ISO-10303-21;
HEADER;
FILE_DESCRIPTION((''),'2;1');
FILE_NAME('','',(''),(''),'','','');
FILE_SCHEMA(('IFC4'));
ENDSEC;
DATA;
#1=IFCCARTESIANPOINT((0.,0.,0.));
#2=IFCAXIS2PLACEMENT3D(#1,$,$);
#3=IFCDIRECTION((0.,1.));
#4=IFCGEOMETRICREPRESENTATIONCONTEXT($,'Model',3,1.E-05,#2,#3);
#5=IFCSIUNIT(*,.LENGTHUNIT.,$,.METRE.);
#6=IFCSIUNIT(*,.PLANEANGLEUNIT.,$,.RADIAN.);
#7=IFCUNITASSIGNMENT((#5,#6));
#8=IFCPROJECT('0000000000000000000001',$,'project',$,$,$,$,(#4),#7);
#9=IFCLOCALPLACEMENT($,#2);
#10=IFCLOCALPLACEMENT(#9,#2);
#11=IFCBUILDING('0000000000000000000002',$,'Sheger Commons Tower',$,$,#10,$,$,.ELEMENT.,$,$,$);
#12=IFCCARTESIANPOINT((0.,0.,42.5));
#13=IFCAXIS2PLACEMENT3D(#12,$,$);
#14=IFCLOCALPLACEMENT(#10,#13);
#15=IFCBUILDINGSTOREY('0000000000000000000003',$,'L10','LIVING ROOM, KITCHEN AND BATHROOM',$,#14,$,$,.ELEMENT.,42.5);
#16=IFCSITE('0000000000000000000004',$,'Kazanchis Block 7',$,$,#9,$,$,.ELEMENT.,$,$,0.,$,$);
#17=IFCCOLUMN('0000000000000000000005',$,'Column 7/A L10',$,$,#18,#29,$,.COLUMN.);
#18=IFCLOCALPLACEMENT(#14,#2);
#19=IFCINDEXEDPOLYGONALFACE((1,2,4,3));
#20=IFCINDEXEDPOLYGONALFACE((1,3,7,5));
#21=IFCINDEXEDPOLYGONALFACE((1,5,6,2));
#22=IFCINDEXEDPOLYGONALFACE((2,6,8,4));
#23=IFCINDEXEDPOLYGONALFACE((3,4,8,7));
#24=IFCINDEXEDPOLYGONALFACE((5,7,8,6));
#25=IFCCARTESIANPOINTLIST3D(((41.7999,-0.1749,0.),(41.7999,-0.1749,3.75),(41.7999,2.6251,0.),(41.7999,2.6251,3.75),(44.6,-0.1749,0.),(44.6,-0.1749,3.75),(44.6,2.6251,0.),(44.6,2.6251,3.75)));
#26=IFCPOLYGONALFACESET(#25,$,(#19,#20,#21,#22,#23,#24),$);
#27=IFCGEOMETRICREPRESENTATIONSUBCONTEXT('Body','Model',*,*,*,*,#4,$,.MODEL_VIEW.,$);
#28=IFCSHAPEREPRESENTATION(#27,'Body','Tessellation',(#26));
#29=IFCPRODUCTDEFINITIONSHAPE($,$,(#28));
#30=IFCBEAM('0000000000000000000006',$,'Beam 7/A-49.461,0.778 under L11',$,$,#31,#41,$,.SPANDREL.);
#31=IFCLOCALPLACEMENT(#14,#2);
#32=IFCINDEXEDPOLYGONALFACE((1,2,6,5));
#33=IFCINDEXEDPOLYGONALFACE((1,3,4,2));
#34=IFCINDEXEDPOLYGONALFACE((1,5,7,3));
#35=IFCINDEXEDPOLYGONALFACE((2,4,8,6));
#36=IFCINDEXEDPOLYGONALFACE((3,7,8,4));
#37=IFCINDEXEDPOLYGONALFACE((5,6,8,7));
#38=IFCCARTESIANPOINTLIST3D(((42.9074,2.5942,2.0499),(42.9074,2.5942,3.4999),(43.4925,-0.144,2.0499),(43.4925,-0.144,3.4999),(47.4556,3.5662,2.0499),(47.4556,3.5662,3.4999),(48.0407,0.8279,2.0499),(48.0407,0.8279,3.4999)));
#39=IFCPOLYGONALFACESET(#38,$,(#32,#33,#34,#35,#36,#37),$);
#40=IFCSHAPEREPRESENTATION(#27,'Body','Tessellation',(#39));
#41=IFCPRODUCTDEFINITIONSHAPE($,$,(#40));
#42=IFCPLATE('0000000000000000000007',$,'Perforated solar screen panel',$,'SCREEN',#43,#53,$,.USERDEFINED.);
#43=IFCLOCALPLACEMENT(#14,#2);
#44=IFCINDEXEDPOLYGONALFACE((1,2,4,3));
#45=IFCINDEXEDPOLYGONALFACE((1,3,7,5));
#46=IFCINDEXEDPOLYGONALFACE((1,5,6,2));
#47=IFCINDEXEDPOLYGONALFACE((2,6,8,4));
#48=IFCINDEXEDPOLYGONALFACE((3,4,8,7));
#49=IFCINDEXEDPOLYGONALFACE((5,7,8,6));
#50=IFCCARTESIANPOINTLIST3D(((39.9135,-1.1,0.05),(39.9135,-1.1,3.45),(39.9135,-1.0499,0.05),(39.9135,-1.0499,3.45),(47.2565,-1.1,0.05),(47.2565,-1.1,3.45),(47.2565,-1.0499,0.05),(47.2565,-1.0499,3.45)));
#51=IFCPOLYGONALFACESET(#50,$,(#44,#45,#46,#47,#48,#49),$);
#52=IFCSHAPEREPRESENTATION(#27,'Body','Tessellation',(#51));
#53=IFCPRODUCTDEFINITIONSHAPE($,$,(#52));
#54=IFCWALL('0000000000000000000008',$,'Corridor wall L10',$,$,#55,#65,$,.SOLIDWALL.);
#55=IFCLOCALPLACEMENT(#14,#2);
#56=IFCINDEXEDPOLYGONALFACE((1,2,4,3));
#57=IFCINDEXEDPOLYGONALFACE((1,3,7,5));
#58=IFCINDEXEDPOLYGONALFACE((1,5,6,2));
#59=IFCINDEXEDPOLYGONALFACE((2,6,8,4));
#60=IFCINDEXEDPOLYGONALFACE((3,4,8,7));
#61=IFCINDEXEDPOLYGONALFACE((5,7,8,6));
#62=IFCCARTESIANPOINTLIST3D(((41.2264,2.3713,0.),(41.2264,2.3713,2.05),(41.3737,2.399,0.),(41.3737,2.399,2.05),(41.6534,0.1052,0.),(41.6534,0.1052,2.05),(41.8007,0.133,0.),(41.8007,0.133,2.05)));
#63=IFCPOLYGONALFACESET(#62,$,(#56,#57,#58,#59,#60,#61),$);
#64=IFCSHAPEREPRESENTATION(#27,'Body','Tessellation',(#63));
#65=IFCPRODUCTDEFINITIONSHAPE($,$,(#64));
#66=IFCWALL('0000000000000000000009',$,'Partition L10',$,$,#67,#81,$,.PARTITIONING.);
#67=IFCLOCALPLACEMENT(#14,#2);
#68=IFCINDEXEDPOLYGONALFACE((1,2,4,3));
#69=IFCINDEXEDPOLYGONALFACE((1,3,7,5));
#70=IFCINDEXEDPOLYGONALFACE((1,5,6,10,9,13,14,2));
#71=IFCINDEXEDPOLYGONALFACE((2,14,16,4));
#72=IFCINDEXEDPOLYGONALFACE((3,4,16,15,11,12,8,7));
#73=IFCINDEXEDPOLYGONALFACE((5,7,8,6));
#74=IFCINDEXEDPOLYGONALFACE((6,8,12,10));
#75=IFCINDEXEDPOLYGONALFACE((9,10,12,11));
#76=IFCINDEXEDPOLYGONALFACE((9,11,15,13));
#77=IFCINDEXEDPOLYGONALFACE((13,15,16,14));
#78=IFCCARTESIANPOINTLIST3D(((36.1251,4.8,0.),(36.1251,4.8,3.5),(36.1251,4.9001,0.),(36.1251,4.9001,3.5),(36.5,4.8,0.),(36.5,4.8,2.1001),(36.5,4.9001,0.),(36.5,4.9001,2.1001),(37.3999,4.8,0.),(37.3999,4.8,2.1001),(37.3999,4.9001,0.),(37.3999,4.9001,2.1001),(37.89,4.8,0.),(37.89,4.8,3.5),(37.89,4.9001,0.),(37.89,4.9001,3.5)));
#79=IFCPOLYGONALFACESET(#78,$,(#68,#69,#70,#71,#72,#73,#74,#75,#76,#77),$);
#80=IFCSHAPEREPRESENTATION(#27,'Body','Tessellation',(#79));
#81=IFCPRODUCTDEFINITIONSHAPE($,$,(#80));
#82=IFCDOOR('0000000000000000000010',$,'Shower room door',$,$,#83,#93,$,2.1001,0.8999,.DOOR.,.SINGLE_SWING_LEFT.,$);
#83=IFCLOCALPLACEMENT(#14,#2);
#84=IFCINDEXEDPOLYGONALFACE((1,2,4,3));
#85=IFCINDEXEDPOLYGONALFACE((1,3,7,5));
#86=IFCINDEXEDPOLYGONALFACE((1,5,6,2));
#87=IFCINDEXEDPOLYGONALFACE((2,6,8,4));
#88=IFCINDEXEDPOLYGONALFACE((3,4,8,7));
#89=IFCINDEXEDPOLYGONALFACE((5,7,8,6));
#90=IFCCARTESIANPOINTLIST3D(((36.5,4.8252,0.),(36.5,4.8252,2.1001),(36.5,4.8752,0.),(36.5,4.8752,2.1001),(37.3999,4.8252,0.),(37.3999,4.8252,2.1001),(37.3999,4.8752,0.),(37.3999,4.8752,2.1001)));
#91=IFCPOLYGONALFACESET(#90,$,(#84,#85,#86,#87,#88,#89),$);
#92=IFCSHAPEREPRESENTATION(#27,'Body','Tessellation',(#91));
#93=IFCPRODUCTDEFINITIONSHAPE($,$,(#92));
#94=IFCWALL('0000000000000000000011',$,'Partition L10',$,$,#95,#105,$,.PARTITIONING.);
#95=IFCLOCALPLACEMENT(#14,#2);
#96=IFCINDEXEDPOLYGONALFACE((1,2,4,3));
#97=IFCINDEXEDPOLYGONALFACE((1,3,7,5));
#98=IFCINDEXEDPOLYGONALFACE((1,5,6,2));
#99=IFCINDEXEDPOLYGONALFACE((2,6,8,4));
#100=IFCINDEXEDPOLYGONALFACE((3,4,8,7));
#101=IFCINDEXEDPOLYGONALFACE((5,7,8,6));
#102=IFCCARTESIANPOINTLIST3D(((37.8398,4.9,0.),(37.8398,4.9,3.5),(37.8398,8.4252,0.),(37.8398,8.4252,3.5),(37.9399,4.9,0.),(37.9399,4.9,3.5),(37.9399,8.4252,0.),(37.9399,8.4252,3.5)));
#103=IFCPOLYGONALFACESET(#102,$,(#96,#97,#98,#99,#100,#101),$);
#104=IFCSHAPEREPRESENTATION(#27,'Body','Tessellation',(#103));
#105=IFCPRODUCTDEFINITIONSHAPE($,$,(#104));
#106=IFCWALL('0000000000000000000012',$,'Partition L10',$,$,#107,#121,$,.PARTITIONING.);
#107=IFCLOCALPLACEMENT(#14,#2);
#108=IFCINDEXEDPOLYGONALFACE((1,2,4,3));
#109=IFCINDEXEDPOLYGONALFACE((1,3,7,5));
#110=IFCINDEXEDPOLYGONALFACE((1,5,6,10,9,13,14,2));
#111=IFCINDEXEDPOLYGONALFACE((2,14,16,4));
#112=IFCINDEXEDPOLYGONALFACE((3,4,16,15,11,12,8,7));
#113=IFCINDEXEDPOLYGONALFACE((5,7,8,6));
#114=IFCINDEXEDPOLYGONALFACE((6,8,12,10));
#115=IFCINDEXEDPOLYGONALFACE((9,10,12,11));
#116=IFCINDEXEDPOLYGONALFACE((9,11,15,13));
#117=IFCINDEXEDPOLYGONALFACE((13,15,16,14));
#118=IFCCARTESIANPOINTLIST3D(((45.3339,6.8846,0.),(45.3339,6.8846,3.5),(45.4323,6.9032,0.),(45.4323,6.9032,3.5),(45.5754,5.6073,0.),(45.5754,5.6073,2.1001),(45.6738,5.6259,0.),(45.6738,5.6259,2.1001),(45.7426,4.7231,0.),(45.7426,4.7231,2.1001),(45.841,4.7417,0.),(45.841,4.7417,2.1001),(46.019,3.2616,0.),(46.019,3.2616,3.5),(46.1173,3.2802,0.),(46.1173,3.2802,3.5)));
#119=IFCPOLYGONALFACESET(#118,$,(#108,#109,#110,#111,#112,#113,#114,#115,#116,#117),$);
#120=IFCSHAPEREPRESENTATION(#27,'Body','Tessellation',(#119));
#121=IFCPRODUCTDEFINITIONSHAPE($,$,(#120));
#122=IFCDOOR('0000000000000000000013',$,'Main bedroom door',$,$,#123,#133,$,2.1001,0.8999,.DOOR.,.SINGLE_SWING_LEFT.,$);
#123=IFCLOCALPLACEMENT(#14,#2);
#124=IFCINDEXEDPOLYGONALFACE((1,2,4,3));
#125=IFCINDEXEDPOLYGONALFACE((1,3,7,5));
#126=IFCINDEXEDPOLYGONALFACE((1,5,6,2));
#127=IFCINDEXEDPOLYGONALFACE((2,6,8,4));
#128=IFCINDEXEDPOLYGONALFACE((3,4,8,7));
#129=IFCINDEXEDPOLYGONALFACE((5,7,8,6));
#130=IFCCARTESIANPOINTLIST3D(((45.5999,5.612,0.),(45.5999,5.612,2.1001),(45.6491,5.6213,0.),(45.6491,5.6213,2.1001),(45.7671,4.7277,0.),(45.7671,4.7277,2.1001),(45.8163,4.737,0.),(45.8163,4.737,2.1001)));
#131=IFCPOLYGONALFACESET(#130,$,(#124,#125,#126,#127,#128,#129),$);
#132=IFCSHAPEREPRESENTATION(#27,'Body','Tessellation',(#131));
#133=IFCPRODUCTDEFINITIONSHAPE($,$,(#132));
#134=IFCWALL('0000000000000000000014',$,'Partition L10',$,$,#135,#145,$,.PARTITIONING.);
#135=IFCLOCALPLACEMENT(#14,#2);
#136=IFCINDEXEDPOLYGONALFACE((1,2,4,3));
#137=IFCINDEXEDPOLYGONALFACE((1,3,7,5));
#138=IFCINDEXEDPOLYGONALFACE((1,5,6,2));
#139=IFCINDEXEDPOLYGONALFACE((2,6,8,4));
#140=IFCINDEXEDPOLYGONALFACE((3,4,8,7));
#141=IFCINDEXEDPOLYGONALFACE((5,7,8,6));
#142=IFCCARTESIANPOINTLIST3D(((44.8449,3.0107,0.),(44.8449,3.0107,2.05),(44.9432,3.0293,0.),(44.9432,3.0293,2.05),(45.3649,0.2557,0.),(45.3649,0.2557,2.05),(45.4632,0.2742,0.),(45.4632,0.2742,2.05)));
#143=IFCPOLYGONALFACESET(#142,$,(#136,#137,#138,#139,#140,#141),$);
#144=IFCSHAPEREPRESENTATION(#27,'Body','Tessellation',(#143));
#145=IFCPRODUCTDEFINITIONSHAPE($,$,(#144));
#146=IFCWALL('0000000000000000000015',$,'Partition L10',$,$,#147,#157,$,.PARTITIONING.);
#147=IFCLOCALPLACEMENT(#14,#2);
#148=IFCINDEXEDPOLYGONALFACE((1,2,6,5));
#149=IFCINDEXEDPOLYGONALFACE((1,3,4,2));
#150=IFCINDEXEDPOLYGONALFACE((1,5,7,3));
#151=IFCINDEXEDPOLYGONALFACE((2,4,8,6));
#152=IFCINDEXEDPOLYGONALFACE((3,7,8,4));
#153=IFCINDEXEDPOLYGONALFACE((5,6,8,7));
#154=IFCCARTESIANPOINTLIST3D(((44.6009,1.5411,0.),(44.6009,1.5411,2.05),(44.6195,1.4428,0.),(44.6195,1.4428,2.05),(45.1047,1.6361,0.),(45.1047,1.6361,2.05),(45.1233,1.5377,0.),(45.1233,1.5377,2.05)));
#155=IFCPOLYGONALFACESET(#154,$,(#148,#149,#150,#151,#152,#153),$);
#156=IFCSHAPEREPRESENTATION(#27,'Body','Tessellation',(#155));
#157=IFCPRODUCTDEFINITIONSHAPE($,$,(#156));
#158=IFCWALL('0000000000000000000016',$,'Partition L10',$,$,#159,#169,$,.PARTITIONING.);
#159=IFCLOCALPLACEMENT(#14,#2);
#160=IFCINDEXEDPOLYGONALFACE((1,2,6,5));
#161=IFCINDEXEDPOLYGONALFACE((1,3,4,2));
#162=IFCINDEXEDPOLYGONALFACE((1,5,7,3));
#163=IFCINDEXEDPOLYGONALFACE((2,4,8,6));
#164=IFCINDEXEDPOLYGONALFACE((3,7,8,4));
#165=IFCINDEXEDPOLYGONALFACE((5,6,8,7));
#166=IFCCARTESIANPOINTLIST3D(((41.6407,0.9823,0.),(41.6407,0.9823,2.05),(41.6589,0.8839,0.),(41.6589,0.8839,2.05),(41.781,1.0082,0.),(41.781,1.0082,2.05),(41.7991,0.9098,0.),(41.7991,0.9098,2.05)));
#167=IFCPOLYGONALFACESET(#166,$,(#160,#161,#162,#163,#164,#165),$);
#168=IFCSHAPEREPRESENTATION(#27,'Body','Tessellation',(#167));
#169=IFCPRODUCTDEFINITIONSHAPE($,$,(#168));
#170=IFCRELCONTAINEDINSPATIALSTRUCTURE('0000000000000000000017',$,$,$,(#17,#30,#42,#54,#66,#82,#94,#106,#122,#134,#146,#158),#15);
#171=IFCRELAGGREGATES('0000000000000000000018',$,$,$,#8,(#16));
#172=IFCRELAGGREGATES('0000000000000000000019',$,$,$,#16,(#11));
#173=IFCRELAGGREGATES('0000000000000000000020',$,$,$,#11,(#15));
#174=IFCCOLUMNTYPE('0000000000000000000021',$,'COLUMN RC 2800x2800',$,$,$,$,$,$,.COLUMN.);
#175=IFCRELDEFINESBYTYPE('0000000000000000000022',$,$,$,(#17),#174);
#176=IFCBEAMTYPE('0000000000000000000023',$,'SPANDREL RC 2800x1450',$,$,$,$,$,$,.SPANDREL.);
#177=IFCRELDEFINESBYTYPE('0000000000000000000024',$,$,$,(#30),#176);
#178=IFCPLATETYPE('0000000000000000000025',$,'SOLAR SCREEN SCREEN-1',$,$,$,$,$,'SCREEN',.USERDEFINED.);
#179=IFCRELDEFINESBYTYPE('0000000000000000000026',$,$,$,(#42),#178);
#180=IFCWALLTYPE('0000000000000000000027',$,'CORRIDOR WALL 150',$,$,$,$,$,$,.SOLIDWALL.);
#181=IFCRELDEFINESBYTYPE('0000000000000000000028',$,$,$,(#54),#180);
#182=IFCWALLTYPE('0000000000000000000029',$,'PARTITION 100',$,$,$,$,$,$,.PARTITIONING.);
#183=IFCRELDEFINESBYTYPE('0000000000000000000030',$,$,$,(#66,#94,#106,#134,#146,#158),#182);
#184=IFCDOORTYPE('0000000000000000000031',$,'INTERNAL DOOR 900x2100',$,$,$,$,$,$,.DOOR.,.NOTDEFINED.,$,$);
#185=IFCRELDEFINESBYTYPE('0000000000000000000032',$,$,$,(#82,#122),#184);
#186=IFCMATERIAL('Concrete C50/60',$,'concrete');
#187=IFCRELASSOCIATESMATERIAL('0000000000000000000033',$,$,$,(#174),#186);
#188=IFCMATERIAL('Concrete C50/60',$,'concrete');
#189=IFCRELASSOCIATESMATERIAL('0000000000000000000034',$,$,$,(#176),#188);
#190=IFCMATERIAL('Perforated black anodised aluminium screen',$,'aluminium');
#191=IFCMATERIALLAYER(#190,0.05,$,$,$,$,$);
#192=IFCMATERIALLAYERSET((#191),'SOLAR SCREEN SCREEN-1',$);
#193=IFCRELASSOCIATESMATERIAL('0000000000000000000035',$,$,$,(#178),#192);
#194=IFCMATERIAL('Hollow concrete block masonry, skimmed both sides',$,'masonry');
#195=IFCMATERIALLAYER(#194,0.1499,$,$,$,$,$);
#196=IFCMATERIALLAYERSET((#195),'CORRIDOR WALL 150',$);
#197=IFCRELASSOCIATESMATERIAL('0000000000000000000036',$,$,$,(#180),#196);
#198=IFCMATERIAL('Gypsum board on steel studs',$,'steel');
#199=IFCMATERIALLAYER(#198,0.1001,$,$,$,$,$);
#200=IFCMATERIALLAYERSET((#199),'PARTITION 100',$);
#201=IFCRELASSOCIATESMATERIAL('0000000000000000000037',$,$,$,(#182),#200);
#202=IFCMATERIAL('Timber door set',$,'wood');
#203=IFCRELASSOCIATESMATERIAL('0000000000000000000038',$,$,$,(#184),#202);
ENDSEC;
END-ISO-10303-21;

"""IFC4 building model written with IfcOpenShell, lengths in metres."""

from ifc_helpers import new_model, si_unit, direction, frame, frame_2d, origin, origin_2d, place, context, subcontext, project, spatial, rectangle, extrude, material, layer, layer_set, material_profile, profile_set, type_object, element, fill, save


model = new_model("IFC4")

# Units and contexts
model_context = context("Model", 3, precision=1e-05, world=origin(), true_north=direction((0.0, 1.0)))
body_context = subcontext(model_context, "Body", "Model", "MODEL_VIEW")
ifc_project = project(units=[si_unit("LENGTHUNIT", "METRE"), si_unit("PLANEANGLEUNIT", "RADIAN")], contexts=[model_context])

# Site, building, storey
site_placement = place(None, origin())
site = spatial("IfcSite", under=ifc_project, at=site_placement, Name="Kazanchis Block 7", CompositionType="ELEMENT", RefElevation=0.0)
building_placement = place(site_placement, origin())
building = spatial("IfcBuilding", under=site, at=building_placement, Name="Sheger Commons Tower", CompositionType="ELEMENT")
storey_placement = place(building_placement, frame((0.0, 0.0, 42.5)))
storey = spatial("IfcBuildingStorey", under=building, at=storey_placement, Name="L10", Description="LIVING ROOM, KITCHEN AND BATHROOM", CompositionType="ELEMENT", Elevation=42.5)

# Column
ifc_material_1 = material(Name="Concrete C50/60", Category="concrete")
ifc_material_profile_1 = material_profile(ifc_material_1, rectangle(XDim=2.8, YDim=2.8, at=origin_2d()), Name="RC 2800x2800")
ifc_profile_set_1 = profile_set([ifc_material_profile_1], Name="Concrete C50/60")
column_type = type_object("IfcColumnType", Name="COLUMN RC 2800x2800", PredefinedType="COLUMN", material=ifc_profile_set_1)
column_placement = place(storey_placement, frame((43.2, 1.2251, 0.0), z_axis=(0.0, 0.0, 1.0), x_axis=(1.0, 0.0, 0.0)))
element("IfcColumn", 1, at=column_placement, inside=storey, type_object=column_type, Name="Column 7/A L10", PredefinedType="COLUMN", context=body_context, shape_type="SweptSolid", body=[
    extrude(rectangle(XDim=2.8, YDim=2.8, at=origin_2d()), origin(), (0.0, 0.0, 1.0), 3.75),
])

# Beam
ifc_material_2 = material(Name="Concrete C50/60", Category="concrete")
ifc_material_profile_2 = material_profile(ifc_material_2, rectangle(XDim=2.8, YDim=1.45, at=origin_2d()), Name="RC 2800x1450")
ifc_profile_set_2 = profile_set([ifc_material_profile_2], Name="Concrete C50/60")
beam_type = type_object("IfcBeamType", Name="SPANDREL RC 2800x1450", PredefinedType="SPANDREL", material=ifc_profile_set_2)
beam_placement = place(storey_placement, frame((43.2, 1.2251, 2.7749), z_axis=(0.97792, 0.208981, 0.0), x_axis=(-0.208981, 0.97792, 0.0)))
element("IfcBeam", 2, at=beam_placement, inside=storey, type_object=beam_type, Name="Beam 7/A-49.461,0.778 under L11", PredefinedType="SPANDREL", context=body_context, shape_type="SweptSolid", body=[
    extrude(rectangle(XDim=2.8, YDim=1.45, at=origin_2d()), origin(), (0.0, 0.0, 1.0), 4.6509),
])

# Plate
ifc_material_3 = material(Name="Perforated black anodised aluminium screen", Category="aluminium")
ifc_layer_1 = layer(ifc_material_3, 0.05)
ifc_layer_set_1 = layer_set([ifc_layer_1], Name="SOLAR SCREEN SCREEN-1")
plate_type = type_object("IfcPlateType", Name="SOLAR SCREEN SCREEN-1", ElementType="SCREEN", PredefinedType="USERDEFINED", material=ifc_layer_set_1)
plate_placement = place(storey_placement, frame((43.585, -1.075, 0.05), z_axis=(0.0, 0.0, 1.0), x_axis=(1.0, 0.0, 0.0)))
element("IfcPlate", 3, at=plate_placement, inside=storey, type_object=plate_type, Name="Perforated solar screen panel", ObjectType="SCREEN", PredefinedType="USERDEFINED", context=body_context, shape_type="SweptSolid", body=[
    extrude(rectangle(XDim=7.343, YDim=0.05, at=origin_2d()), origin(), (0.0, 0.0, 1.0), 3.3999),
])

# Wall
ifc_material_4 = material(Name="Hollow concrete block masonry, skimmed both sides", Category="masonry")
ifc_layer_2 = layer(ifc_material_4, 0.1499)
ifc_layer_set_2 = layer_set([ifc_layer_2], Name="CORRIDOR WALL 150")
wall_type_1 = type_object("IfcWallType", Name="CORRIDOR WALL 150", PredefinedType="SOLIDWALL", material=ifc_layer_set_2)
wall_1_placement = place(storey_placement, frame((41.3, 2.385, 0.0), z_axis=(0.0, 0.0, 1.0), x_axis=(0.185171, -0.982706, 0.0)))
element("IfcWall", 4, at=wall_1_placement, inside=storey, type_object=wall_type_1, Name="Corridor wall L10", PredefinedType="SOLIDWALL", context=body_context, shape_type="SweptSolid", body=[
    extrude(rectangle(XDim=2.3059, YDim=0.1499, at=frame_2d((1.1528, 0.0))), origin(), (0.0, 0.0, 1.0), 2.05),
])

# Wall, opening, door
ifc_material_5 = material(Name="Gypsum board on steel studs", Category="steel")
ifc_layer_3 = layer(ifc_material_5, 0.1001)
ifc_layer_set_3 = layer_set([ifc_layer_3], Name="PARTITION 100")
wall_type_2 = type_object("IfcWallType", Name="PARTITION 100", PredefinedType="PARTITIONING", material=ifc_layer_set_3)
wall_2_placement = place(storey_placement, frame((37.8899, 4.8501, 0.0), z_axis=(0.0, 0.0, 1.0), x_axis=(-1.0, 0.0, 0.0)))
wall_2 = element("IfcWall", 5, at=wall_2_placement, inside=storey, type_object=wall_type_2, Name="Partition L10", PredefinedType="PARTITIONING", context=body_context, shape_type="SweptSolid", body=[
    extrude(rectangle(XDim=1.7649, YDim=0.1001, at=frame_2d((0.8823, 0.0))), origin(), (0.0, 0.0, 1.0), 3.5),
])
opening_1_placement = place(wall_2_placement, frame((0.49, 0.0, 0.0)))
opening_1 = element("IfcOpeningElement", 6, at=opening_1_placement, cuts=wall_2, PredefinedType="OPENING", context=body_context, shape_type="SweptSolid", body=[
    extrude(rectangle(XDim=0.8999, YDim=2.1001, at=frame_2d((0.45, 1.05))), frame((0.0, 0.0601, 0.0), z_axis=(0.0, -1.0, 0.0), x_axis=(1.0, 0.0, 0.0)), (0.0, 0.0, 1.0), 0.1201),
])
ifc_material_6 = material(Name="Timber door set", Category="wood")
door_type = type_object("IfcDoorType", Name="INTERNAL DOOR 900x2100", OperationType="NOTDEFINED", PredefinedType="DOOR", material=ifc_material_6)
door_1_placement = place(opening_1_placement, origin())
door_1 = element("IfcDoor", 7, at=door_1_placement, inside=storey, type_object=door_type, Name="Shower room door", OperationType="SINGLE_SWING_LEFT", OverallHeight=2.1001, OverallWidth=0.8999, PredefinedType="DOOR", context=body_context, shape_type="SweptSolid", body=[
    extrude(rectangle(XDim=0.8999, YDim=2.1001, at=frame_2d((0.45, 1.05))), frame((0.0, 0.0249, 0.0), z_axis=(0.0, -1.0, 0.0), x_axis=(1.0, 0.0, 0.0)), (0.0, 0.0, 1.0), 0.05),
])
fill(opening_1, door_1)

# Wall
wall_3_placement = place(storey_placement, frame((37.8899, 4.8999, 0.0), z_axis=(0.0, 0.0, 1.0), x_axis=(0.0, 1.0, 0.0)))
element("IfcWall", 8, at=wall_3_placement, inside=storey, type_object=wall_type_2, Name="Partition L10", PredefinedType="PARTITIONING", context=body_context, shape_type="SweptSolid", body=[
    extrude(rectangle(XDim=3.5251, YDim=0.1001, at=frame_2d((1.7627, 0.0))), origin(), (0.0, 0.0, 1.0), 3.5),
])

# Wall, opening, door
wall_4_placement = place(storey_placement, frame((45.3831, 6.894, 0.0), z_axis=(0.0, 0.0, 1.0), x_axis=(0.185791, -0.982589, 0.0)))
wall_4 = element("IfcWall", 9, at=wall_4_placement, inside=storey, type_object=wall_type_2, Name="Partition L10", PredefinedType="PARTITIONING", context=body_context, shape_type="SweptSolid", body=[
    extrude(rectangle(XDim=3.6873, YDim=0.1001, at=frame_2d((1.8438, 0.0))), origin(), (0.0, 0.0, 1.0), 3.5),
])
opening_2_placement = place(wall_4_placement, frame((1.3, 0.0, 0.0)))
opening_2 = element("IfcOpeningElement", 10, at=opening_2_placement, cuts=wall_4, PredefinedType="OPENING", context=body_context, shape_type="SweptSolid", body=[
    extrude(rectangle(XDim=0.8999, YDim=2.1001, at=frame_2d((0.45, 1.05))), frame((0.0, 0.0601, 0.0), z_axis=(0.0, -1.0, 0.0), x_axis=(1.0, 0.0, 0.0)), (0.0, 0.0, 1.0), 0.1201),
])
door_2_placement = place(opening_2_placement, origin())
door_2 = element("IfcDoor", 11, at=door_2_placement, inside=storey, type_object=door_type, Name="Main bedroom door", OperationType="SINGLE_SWING_LEFT", OverallHeight=2.1001, OverallWidth=0.8999, PredefinedType="DOOR", context=body_context, shape_type="SweptSolid", body=[
    extrude(rectangle(XDim=0.8999, YDim=2.1001, at=frame_2d((0.45, 1.05))), frame((0.0, 0.0249, 0.0), z_axis=(0.0, -1.0, 0.0), x_axis=(1.0, 0.0, 0.0)), (0.0, 0.0, 1.0), 0.05),
])
fill(opening_2, door_2)

# Walls
wall_5_placement = place(storey_placement, frame((44.894, 3.02, 0.0), z_axis=(0.0, 0.0, 1.0), x_axis=(0.185471, -0.98265, 0.0)))
element("IfcWall", 12, at=wall_5_placement, inside=storey, type_object=wall_type_2, Name="Partition L10", PredefinedType="PARTITIONING", context=body_context, shape_type="SweptSolid", body=[
    extrude(rectangle(XDim=2.8037, YDim=0.1001, at=frame_2d((1.4019, 0.0))), origin(), (0.0, 0.0, 1.0), 2.05),
])
wall_6_placement = place(storey_placement, frame((45.114, 1.5869, 0.0), z_axis=(0.0, 0.0, 1.0), x_axis=(-0.982699, -0.185208, 0.0)))
element("IfcWall", 13, at=wall_6_placement, inside=storey, type_object=wall_type_2, Name="Partition L10", PredefinedType="PARTITIONING", context=body_context, shape_type="SweptSolid", body=[
    extrude(rectangle(XDim=0.5127, YDim=0.1001, at=frame_2d((0.2563, 0.0))), origin(), (0.0, 0.0, 1.0), 2.05),
])
wall_7_placement = place(storey_placement, frame((41.79, 0.959, 0.0), z_axis=(0.0, 0.0, 1.0), x_axis=(-0.983373, -0.181598, 0.0)))
element("IfcWall", 14, at=wall_7_placement, inside=storey, type_object=wall_type_2, Name="Partition L10", PredefinedType="PARTITIONING", context=body_context, shape_type="SweptSolid", body=[
    extrude(rectangle(XDim=0.1426, YDim=0.1001, at=frame_2d((0.0713, 0.0))), origin(), (0.0, 0.0, 1.0), 2.05),
])

save(model, "model.ifc")
